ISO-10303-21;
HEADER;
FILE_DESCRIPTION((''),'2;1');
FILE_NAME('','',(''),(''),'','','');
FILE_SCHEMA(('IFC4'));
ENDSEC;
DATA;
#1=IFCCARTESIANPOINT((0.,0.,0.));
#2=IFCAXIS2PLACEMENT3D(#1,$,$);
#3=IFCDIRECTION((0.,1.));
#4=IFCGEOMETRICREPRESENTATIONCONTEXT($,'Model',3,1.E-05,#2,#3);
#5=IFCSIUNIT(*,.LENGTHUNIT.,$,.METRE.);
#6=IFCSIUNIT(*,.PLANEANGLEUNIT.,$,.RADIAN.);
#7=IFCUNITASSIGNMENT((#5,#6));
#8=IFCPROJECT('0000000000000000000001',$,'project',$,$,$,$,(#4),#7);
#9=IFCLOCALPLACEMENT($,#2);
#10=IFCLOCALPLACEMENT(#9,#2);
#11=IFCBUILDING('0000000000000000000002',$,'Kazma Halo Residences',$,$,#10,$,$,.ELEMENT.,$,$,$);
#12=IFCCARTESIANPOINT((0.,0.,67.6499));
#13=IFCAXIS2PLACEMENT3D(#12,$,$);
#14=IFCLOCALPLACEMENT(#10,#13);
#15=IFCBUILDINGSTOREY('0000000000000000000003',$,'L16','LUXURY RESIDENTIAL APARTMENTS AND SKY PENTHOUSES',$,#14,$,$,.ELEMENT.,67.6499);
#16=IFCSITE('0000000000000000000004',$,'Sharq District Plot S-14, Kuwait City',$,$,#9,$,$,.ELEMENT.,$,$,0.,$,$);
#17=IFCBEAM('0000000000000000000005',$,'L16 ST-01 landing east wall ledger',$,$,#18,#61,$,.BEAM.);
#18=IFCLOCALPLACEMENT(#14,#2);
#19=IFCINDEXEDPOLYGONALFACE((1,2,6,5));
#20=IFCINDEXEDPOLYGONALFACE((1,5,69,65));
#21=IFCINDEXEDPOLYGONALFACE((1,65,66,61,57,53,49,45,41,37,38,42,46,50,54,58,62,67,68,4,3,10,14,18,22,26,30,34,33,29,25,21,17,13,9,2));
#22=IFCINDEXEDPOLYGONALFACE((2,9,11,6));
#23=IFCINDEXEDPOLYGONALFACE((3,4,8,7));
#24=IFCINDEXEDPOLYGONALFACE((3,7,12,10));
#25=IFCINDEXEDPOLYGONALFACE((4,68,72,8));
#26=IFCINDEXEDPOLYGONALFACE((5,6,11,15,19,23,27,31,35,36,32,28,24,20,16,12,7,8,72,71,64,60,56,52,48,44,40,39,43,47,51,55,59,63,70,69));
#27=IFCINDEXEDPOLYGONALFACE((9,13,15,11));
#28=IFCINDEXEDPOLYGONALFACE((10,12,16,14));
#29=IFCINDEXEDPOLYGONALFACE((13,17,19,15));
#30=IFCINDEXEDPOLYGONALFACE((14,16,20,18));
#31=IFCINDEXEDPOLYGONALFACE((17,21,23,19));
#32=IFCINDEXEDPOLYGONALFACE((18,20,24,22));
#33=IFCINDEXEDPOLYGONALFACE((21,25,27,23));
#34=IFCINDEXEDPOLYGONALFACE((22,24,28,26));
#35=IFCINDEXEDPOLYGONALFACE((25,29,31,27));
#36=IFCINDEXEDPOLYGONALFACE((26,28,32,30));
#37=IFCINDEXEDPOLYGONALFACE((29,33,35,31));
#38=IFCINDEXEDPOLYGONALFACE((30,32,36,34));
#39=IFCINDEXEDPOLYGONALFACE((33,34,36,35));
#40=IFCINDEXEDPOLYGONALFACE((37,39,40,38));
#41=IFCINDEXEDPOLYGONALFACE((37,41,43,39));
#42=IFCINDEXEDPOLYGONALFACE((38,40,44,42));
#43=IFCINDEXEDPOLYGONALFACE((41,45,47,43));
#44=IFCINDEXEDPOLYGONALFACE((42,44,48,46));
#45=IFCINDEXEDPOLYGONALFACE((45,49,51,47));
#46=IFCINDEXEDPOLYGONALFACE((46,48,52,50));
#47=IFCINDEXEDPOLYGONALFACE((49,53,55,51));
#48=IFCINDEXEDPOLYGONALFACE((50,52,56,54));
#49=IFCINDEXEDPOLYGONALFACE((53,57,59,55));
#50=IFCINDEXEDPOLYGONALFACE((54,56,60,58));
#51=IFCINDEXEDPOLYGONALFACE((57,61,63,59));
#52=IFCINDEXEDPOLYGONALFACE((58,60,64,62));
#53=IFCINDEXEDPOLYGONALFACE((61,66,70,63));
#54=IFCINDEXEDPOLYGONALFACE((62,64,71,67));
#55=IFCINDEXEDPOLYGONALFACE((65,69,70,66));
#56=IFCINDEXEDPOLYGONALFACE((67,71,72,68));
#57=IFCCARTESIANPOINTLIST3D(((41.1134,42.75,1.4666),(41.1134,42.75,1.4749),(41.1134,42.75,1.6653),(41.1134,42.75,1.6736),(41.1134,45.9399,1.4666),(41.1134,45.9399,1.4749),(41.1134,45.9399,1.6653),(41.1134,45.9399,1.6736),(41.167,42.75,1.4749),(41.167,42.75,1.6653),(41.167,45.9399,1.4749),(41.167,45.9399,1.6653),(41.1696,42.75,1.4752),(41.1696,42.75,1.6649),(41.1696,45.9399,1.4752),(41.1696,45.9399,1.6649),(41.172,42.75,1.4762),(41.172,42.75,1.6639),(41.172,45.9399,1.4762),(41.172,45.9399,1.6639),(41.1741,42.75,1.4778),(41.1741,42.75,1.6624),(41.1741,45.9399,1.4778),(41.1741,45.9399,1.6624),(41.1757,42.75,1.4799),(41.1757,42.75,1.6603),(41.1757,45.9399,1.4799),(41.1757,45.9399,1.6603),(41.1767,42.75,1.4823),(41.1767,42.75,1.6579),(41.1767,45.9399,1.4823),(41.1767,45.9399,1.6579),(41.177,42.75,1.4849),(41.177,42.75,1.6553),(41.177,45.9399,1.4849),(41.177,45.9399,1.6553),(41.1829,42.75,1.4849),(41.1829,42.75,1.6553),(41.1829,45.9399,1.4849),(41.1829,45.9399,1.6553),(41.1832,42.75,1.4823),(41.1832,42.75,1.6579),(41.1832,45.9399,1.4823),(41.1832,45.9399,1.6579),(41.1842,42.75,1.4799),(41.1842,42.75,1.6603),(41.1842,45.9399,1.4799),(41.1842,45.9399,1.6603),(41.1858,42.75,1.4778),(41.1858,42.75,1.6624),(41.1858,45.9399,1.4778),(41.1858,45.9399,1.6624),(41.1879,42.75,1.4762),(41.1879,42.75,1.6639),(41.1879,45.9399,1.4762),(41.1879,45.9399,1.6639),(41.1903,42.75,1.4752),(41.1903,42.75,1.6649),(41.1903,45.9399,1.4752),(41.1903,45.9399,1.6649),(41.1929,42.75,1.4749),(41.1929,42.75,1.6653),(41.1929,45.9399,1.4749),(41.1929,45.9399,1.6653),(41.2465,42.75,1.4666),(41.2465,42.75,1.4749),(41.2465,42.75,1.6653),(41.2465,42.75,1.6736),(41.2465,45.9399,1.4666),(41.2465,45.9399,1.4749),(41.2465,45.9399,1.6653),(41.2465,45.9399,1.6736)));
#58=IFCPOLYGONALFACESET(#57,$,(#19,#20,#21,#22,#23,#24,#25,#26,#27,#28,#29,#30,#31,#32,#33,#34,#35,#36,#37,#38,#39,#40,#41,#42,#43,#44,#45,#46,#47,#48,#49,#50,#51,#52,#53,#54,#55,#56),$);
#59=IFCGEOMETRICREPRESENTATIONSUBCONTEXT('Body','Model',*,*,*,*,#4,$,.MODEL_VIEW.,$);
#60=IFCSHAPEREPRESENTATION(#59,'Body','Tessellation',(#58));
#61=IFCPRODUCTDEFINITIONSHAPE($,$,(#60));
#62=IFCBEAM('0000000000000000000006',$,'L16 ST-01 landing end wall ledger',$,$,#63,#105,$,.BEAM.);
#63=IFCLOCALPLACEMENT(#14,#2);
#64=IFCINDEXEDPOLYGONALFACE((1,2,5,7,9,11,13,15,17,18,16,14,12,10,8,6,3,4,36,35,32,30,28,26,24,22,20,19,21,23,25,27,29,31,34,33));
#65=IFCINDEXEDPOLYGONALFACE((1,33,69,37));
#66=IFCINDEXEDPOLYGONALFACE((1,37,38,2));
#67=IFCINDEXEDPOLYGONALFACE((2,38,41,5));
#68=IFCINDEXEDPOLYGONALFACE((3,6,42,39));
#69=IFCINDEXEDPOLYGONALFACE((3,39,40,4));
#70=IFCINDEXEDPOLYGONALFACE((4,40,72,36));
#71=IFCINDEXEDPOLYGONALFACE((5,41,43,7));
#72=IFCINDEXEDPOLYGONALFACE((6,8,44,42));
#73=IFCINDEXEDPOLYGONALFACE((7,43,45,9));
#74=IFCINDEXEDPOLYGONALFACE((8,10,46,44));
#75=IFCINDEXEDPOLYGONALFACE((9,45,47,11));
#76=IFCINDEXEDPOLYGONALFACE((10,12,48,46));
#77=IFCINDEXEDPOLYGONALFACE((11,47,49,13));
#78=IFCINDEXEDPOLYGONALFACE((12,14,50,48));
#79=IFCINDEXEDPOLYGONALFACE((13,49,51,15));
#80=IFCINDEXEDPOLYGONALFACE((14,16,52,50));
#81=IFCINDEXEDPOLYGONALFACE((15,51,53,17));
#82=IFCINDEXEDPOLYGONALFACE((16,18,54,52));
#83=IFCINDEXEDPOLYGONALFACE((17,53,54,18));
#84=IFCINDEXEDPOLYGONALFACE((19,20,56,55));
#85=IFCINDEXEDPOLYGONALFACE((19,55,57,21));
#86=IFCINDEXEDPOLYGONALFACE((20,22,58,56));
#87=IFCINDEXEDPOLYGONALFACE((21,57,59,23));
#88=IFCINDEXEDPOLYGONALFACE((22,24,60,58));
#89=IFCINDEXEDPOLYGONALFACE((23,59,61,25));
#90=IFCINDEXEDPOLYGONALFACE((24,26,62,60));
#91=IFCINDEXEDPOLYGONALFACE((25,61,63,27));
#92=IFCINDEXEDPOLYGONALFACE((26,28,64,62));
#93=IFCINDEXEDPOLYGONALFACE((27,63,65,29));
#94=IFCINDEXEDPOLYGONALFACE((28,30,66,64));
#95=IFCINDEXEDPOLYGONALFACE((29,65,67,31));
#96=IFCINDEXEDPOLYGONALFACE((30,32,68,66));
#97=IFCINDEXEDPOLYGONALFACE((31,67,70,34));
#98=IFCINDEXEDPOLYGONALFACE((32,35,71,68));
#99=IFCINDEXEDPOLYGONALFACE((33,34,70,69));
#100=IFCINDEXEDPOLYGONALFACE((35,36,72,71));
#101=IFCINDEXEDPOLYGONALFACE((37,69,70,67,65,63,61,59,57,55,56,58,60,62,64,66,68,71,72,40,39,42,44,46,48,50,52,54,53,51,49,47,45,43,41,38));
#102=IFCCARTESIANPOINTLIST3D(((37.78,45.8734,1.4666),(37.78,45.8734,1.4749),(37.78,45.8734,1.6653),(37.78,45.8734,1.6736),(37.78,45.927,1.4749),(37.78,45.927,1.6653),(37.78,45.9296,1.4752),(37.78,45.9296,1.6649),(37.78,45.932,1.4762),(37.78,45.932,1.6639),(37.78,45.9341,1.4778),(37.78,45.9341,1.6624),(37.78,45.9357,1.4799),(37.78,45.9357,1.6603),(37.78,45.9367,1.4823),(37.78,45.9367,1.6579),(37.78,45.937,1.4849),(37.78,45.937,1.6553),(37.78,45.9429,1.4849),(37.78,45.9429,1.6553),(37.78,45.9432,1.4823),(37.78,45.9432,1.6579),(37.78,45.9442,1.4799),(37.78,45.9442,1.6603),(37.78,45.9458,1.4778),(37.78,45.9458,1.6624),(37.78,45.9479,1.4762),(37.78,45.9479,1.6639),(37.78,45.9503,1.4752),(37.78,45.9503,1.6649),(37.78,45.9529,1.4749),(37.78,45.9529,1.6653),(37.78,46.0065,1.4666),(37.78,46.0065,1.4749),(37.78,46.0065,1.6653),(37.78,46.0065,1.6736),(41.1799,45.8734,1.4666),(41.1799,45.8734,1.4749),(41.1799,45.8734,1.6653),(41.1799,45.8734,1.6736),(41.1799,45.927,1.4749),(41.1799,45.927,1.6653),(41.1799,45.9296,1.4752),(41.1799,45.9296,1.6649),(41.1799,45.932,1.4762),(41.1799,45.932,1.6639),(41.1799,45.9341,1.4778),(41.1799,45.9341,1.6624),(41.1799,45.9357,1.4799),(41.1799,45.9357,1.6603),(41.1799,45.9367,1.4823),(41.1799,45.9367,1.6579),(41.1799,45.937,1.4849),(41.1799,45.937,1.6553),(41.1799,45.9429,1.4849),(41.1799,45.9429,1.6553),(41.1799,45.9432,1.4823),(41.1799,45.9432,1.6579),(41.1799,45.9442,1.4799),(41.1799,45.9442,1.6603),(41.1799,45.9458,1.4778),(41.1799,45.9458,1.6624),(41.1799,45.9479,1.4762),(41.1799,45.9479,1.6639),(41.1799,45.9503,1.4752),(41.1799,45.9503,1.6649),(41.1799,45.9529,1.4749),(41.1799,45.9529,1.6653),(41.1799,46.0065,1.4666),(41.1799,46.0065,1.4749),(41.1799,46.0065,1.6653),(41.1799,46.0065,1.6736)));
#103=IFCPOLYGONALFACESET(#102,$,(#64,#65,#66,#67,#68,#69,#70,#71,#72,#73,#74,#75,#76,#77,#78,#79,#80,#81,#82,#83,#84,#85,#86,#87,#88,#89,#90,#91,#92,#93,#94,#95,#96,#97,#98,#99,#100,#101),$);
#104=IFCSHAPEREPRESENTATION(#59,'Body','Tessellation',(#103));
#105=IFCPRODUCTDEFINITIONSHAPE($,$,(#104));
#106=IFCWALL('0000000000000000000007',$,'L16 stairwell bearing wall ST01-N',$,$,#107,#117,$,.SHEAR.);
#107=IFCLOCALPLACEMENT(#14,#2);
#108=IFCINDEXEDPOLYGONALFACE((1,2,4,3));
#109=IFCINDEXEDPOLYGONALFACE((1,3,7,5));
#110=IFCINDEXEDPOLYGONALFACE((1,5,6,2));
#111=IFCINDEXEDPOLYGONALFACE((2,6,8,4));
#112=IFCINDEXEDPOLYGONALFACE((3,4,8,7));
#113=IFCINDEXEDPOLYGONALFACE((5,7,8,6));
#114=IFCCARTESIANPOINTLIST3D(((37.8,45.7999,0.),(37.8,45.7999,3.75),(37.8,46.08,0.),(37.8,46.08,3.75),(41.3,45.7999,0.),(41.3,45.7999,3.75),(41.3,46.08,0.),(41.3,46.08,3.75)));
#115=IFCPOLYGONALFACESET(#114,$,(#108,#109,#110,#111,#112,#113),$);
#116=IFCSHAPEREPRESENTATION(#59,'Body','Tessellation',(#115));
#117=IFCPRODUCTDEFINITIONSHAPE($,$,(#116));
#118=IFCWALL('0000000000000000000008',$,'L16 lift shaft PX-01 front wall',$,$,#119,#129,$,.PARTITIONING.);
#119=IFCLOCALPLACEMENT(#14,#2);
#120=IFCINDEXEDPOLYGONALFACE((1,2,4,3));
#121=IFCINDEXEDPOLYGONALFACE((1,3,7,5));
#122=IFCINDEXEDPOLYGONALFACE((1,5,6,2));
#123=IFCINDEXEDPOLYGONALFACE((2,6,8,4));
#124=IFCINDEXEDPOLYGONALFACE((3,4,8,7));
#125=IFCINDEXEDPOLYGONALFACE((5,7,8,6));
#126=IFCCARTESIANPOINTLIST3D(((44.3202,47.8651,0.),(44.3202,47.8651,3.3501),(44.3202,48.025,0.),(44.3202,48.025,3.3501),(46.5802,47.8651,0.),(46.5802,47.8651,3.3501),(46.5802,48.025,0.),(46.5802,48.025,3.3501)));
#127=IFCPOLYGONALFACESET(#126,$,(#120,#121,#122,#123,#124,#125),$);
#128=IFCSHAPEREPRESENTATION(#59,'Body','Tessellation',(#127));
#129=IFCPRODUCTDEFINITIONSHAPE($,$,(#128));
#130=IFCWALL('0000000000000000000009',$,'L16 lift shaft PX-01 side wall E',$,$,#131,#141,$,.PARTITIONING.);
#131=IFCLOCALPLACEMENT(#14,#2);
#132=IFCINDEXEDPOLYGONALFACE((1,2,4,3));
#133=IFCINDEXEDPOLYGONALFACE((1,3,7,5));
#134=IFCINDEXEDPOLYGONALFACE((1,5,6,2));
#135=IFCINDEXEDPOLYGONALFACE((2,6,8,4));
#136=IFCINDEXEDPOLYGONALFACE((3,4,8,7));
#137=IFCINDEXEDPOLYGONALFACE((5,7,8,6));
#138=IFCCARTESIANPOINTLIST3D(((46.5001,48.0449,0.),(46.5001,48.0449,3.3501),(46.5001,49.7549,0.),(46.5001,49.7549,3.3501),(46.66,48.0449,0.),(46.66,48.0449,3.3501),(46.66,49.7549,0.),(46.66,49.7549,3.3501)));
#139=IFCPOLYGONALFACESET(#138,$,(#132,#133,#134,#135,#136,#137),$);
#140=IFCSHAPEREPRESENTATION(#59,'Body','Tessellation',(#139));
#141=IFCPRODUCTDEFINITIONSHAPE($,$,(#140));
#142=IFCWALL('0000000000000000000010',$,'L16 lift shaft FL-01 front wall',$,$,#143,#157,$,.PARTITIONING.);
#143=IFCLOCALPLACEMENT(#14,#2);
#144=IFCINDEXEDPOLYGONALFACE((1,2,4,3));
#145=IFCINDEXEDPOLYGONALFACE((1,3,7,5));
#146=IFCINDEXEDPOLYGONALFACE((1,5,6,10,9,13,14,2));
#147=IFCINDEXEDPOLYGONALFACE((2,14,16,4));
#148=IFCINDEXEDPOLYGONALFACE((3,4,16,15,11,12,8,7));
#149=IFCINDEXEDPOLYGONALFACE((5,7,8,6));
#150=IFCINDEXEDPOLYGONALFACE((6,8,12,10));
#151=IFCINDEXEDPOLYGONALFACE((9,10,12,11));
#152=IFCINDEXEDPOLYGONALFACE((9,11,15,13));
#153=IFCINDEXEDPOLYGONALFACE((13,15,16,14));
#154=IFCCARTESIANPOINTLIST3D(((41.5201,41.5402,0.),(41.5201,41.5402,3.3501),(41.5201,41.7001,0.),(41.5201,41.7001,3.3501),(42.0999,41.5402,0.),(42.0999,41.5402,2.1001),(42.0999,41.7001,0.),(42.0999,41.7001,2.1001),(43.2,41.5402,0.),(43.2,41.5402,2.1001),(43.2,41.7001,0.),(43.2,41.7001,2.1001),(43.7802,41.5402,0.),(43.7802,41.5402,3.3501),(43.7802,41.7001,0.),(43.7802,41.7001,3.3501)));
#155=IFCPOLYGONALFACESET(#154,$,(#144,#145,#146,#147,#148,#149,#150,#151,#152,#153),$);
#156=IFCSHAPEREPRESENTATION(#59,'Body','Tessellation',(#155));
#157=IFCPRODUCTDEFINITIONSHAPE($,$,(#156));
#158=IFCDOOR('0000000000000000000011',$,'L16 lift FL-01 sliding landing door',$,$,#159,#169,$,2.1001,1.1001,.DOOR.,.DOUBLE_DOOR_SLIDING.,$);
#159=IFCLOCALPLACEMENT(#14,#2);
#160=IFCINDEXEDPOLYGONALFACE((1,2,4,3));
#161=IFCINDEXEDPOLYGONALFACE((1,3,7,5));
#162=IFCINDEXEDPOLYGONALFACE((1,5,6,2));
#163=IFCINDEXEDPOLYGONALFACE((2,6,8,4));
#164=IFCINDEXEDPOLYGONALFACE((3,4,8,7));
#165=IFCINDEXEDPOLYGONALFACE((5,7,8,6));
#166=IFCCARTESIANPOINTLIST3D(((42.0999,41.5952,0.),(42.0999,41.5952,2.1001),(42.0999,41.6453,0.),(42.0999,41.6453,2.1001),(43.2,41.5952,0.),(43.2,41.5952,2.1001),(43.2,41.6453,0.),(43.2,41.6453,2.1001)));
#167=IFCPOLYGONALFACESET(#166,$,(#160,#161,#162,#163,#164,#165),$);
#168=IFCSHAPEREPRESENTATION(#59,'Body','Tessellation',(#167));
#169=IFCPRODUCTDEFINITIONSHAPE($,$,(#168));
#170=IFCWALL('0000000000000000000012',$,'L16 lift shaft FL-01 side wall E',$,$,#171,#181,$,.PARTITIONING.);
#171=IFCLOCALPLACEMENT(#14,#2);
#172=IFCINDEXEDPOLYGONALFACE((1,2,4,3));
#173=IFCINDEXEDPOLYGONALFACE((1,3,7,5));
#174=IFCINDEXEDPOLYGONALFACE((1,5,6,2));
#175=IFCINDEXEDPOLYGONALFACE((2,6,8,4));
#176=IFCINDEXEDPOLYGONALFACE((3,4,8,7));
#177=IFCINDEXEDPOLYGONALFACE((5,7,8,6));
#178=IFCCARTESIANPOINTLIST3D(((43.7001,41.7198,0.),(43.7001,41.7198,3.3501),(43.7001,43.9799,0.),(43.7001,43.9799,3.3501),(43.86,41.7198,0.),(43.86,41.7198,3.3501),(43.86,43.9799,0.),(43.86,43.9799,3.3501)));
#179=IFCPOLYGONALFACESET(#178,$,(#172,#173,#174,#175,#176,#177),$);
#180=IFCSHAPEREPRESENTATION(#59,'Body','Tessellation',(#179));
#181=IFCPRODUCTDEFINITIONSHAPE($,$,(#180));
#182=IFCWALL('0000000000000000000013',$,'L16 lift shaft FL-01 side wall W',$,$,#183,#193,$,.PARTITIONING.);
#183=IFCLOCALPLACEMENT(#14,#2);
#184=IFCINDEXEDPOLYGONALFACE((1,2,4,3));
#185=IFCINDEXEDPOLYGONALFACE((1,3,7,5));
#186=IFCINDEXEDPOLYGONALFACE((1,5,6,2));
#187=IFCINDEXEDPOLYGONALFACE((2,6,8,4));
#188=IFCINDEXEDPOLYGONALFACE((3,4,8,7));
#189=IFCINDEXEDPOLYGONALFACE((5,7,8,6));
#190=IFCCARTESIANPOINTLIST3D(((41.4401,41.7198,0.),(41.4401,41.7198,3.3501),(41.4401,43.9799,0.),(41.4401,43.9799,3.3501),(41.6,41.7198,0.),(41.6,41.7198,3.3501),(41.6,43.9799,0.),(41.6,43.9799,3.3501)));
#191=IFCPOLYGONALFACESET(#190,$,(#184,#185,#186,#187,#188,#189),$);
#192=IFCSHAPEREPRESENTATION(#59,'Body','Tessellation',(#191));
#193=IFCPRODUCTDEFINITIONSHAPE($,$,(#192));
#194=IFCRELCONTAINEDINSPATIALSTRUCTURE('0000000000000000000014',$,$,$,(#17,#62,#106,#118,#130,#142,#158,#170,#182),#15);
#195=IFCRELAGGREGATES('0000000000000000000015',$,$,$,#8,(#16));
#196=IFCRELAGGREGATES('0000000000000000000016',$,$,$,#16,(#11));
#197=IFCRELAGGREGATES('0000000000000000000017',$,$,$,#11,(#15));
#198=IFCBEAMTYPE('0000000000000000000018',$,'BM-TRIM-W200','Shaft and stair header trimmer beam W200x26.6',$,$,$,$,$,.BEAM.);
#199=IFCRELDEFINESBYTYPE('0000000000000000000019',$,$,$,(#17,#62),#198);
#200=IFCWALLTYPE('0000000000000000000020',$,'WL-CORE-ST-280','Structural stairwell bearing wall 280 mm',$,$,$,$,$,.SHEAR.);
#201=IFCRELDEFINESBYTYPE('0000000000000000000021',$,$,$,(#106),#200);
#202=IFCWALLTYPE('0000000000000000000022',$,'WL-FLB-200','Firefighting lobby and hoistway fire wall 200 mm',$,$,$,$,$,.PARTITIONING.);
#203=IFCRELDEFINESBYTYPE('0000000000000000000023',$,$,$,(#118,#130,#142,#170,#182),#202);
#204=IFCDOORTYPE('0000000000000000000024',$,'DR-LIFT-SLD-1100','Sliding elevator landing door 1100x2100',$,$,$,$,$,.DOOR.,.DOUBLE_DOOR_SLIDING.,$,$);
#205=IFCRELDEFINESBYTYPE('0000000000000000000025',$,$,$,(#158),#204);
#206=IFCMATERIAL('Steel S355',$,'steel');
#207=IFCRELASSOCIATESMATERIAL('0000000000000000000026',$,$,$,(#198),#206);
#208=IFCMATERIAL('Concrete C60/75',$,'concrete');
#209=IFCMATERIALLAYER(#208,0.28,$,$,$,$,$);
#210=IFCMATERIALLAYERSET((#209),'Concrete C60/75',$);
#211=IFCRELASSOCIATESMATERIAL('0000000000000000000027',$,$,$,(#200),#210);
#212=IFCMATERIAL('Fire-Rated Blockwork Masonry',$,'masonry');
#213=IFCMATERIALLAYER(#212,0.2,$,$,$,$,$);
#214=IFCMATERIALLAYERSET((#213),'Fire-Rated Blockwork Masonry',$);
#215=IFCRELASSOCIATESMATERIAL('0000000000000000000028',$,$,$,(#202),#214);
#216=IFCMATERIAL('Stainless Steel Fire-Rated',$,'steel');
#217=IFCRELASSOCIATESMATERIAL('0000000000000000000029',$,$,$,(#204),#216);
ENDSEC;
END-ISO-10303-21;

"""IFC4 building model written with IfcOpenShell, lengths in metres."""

from ifc_helpers import new_model, si_unit, direction, frame, frame_2d, origin, origin_2d, place, context, subcontext, project, spatial, rectangle, i_section, extrude, material, layer, layer_set, material_profile, profile_set, type_object, element, fill, save


model = new_model("IFC4")

# Units and contexts
model_context = context("Model", 3, precision=1e-05, world=origin(), true_north=direction((0.0, 1.0)))
body_context = subcontext(model_context, "Body", "Model", "MODEL_VIEW")
ifc_project = project(units=[si_unit("LENGTHUNIT", "METRE"), si_unit("PLANEANGLEUNIT", "RADIAN")], contexts=[model_context])

# Site, building, storey
site_placement = place(None, origin())
site = spatial("IfcSite", under=ifc_project, at=site_placement, Name="Sharq District Plot S-14, Kuwait City", CompositionType="ELEMENT", RefElevation=0.0)
building_placement = place(site_placement, origin())
building = spatial("IfcBuilding", under=site, at=building_placement, Name="Kazma Halo Residences", CompositionType="ELEMENT")
storey_placement = place(building_placement, frame((0.0, 0.0, 67.6499)))
storey = spatial("IfcBuildingStorey", under=building, at=storey_placement, Name="L16", Description="LUXURY RESIDENTIAL APARTMENTS AND SKY PENTHOUSES", CompositionType="ELEMENT", Elevation=67.6499)

# Shared definitions
ifc_material_1 = material(Name="Steel S355", Category="steel")

# Beams
ifc_material_profile_1 = material_profile(ifc_material_1, i_section(OverallWidth=0.1331, OverallDepth=0.207, WebThickness=0.0059, FlangeThickness=0.0083, FilletRadius=0.01, at=origin_2d()), Name="W200x26.6")
ifc_profile_set_1 = profile_set([ifc_material_profile_1], Name="Steel S355")
beam_type_1 = type_object("IfcBeamType", Name="BM-TRIM-W200", Description="Shaft and stair header trimmer beam W200x26.6", PredefinedType="BEAM", material=ifc_profile_set_1)
beam_1_placement = place(storey_placement, frame((41.1799, 42.75, 1.5701), z_axis=(0.0, 1.0, 0.0), x_axis=(-1.0, 0.0, 0.0)))
element("IfcBeam", 1, at=beam_1_placement, inside=storey, type_object=beam_type_1, Name="L16 ST-01 landing east wall ledger", PredefinedType="BEAM", context=body_context, shape_type="SweptSolid", body=[
    extrude(i_section(OverallWidth=0.1331, OverallDepth=0.207, WebThickness=0.0059, FlangeThickness=0.0083, FilletRadius=0.01, at=origin_2d()), origin(), (0.0, 0.0, 1.0), 3.1899),
])
beam_2_placement = place(storey_placement, frame((37.78, 45.9399, 1.5701), z_axis=(1.0, 0.0, 0.0), x_axis=(0.0, 1.0, 0.0)))
element("IfcBeam", 2, at=beam_2_placement, inside=storey, type_object=beam_type_1, Name="L16 ST-01 landing end wall ledger", PredefinedType="BEAM", context=body_context, shape_type="SweptSolid", body=[
    extrude(i_section(OverallWidth=0.1331, OverallDepth=0.207, WebThickness=0.0059, FlangeThickness=0.0083, FilletRadius=0.01, at=origin_2d()), origin(), (0.0, 0.0, 1.0), 3.3999),
])

# Walls
ifc_material_2 = material(Name="Concrete C60/75", Category="concrete")
ifc_layer_1 = layer(ifc_material_2, 0.28)
ifc_layer_set_1 = layer_set([ifc_layer_1], Name="Concrete C60/75")
wall_type_1 = type_object("IfcWallType", Name="WL-CORE-ST-280", Description="Structural stairwell bearing wall 280 mm", PredefinedType="SHEAR", material=ifc_layer_set_1)
wall_1_placement = place(storey_placement, frame((37.8, 45.9399, 0.0), z_axis=(0.0, 0.0, 1.0), x_axis=(1.0, 0.0, 0.0)))
element("IfcWall", 3, at=wall_1_placement, inside=storey, type_object=wall_type_1, Name="L16 stairwell bearing wall ST01-N", PredefinedType="SHEAR", context=body_context, shape_type="SweptSolid", body=[
    extrude(rectangle(XDim=3.5, YDim=0.28, at=frame_2d((1.75, 0.0))), origin(), (0.0, 0.0, 1.0), 3.75),
])
ifc_material_3 = material(Name="Fire-Rated Blockwork Masonry", Category="masonry")
ifc_layer_2 = layer(ifc_material_3, 0.2)
ifc_layer_set_2 = layer_set([ifc_layer_2], Name="Fire-Rated Blockwork Masonry")
wall_type_2 = type_object("IfcWallType", Name="WL-FLB-200", Description="Firefighting lobby and hoistway fire wall 200 mm", PredefinedType="PARTITIONING", material=ifc_layer_set_2)
wall_2_placement = place(storey_placement, frame((46.5801, 47.9451, 0.0), z_axis=(0.0, 0.0, 1.0), x_axis=(-1.0, 0.0, 0.0)))
element("IfcWall", 4, at=wall_2_placement, inside=storey, type_object=wall_type_2, Name="L16 lift shaft PX-01 front wall", PredefinedType="PARTITIONING", context=body_context, shape_type="SweptSolid", body=[
    extrude(rectangle(XDim=2.26, YDim=0.1599, at=frame_2d((1.1299, 0.0))), origin(), (0.0, 0.0, 1.0), 3.3501),
])
wall_3_placement = place(storey_placement, frame((46.5801, 48.0449, 0.0), z_axis=(0.0, 0.0, 1.0), x_axis=(0.0, 1.0, 0.0)))
element("IfcWall", 5, at=wall_3_placement, inside=storey, type_object=wall_type_2, Name="L16 lift shaft PX-01 side wall E", PredefinedType="PARTITIONING", context=body_context, shape_type="SweptSolid", body=[
    extrude(rectangle(XDim=1.71, YDim=0.1599, at=frame_2d((0.855, 0.0))), origin(), (0.0, 0.0, 1.0), 3.3501),
])

# Wall, opening, door
wall_4_placement = place(storey_placement, frame((43.78, 41.6201, 0.0), z_axis=(0.0, 0.0, 1.0), x_axis=(-1.0, 0.0, 0.0)))
wall_4 = element("IfcWall", 6, at=wall_4_placement, inside=storey, type_object=wall_type_2, Name="L16 lift shaft FL-01 front wall", PredefinedType="PARTITIONING", context=body_context, shape_type="SweptSolid", body=[
    extrude(rectangle(XDim=2.26, YDim=0.1599, at=frame_2d((1.1299, 0.0))), origin(), (0.0, 0.0, 1.0), 3.3501),
])
opening_1_placement = place(wall_4_placement, frame((0.5801, 0.0, 0.0)))
opening_1 = element("IfcOpeningElement", 7, at=opening_1_placement, cuts=wall_4, PredefinedType="OPENING", context=body_context, shape_type="SweptSolid", body=[
    extrude(rectangle(XDim=1.1001, YDim=2.1001, at=frame_2d((0.55, 1.05))), frame((0.0, 0.0898, 0.0), z_axis=(0.0, -1.0, 0.0), x_axis=(1.0, 0.0, 0.0)), (0.0, 0.0, 1.0), 0.1799),
])
ifc_material_4 = material(Name="Stainless Steel Fire-Rated", Category="steel")
door_type_1 = type_object("IfcDoorType", Name="DR-LIFT-SLD-1100", Description="Sliding elevator landing door 1100x2100", OperationType="DOUBLE_DOOR_SLIDING", PredefinedType="DOOR", material=ifc_material_4)
door_1_placement = place(opening_1_placement, origin())
door_1 = element("IfcDoor", 8, at=door_1_placement, inside=storey, type_object=door_type_1, Name="L16 lift FL-01 sliding landing door", OperationType="DOUBLE_DOOR_SLIDING", OverallHeight=2.1001, OverallWidth=1.1001, PredefinedType="DOOR", context=body_context, shape_type="SweptSolid", body=[
    extrude(rectangle(XDim=1.1001, YDim=2.1001, at=frame_2d((0.55, 1.05))), frame((0.0, 0.0249, 0.0), z_axis=(0.0, -1.0, 0.0), x_axis=(1.0, 0.0, 0.0)), (0.0, 0.0, 1.0), 0.05),
])
fill(opening_1, door_1)

# Walls
for number, where, z_axis, x_axis, name in (
    (9, (43.78, 41.72, 0.0), (0.0, 0.0, 1.0), (0.0, 1.0, 0.0), "L16 lift shaft FL-01 side wall E"),
    (10, (41.52, 41.72, 0.0), (0.0, 0.0, 1.0), (0.0, 1.0, 0.0), "L16 lift shaft FL-01 side wall W"),
):
    element("IfcWall", number, at=place(storey_placement, frame(where, z_axis=z_axis, x_axis=x_axis)), inside=storey, type_object=wall_type_2, Name=name, PredefinedType="PARTITIONING", context=body_context, shape_type="SweptSolid", body=[
        extrude(rectangle(XDim=2.26, YDim=0.1599, at=frame_2d((1.1299, 0.0))), origin(), (0.0, 0.0, 1.0), 3.3501),
    ])

save(model, "model.ifc")
